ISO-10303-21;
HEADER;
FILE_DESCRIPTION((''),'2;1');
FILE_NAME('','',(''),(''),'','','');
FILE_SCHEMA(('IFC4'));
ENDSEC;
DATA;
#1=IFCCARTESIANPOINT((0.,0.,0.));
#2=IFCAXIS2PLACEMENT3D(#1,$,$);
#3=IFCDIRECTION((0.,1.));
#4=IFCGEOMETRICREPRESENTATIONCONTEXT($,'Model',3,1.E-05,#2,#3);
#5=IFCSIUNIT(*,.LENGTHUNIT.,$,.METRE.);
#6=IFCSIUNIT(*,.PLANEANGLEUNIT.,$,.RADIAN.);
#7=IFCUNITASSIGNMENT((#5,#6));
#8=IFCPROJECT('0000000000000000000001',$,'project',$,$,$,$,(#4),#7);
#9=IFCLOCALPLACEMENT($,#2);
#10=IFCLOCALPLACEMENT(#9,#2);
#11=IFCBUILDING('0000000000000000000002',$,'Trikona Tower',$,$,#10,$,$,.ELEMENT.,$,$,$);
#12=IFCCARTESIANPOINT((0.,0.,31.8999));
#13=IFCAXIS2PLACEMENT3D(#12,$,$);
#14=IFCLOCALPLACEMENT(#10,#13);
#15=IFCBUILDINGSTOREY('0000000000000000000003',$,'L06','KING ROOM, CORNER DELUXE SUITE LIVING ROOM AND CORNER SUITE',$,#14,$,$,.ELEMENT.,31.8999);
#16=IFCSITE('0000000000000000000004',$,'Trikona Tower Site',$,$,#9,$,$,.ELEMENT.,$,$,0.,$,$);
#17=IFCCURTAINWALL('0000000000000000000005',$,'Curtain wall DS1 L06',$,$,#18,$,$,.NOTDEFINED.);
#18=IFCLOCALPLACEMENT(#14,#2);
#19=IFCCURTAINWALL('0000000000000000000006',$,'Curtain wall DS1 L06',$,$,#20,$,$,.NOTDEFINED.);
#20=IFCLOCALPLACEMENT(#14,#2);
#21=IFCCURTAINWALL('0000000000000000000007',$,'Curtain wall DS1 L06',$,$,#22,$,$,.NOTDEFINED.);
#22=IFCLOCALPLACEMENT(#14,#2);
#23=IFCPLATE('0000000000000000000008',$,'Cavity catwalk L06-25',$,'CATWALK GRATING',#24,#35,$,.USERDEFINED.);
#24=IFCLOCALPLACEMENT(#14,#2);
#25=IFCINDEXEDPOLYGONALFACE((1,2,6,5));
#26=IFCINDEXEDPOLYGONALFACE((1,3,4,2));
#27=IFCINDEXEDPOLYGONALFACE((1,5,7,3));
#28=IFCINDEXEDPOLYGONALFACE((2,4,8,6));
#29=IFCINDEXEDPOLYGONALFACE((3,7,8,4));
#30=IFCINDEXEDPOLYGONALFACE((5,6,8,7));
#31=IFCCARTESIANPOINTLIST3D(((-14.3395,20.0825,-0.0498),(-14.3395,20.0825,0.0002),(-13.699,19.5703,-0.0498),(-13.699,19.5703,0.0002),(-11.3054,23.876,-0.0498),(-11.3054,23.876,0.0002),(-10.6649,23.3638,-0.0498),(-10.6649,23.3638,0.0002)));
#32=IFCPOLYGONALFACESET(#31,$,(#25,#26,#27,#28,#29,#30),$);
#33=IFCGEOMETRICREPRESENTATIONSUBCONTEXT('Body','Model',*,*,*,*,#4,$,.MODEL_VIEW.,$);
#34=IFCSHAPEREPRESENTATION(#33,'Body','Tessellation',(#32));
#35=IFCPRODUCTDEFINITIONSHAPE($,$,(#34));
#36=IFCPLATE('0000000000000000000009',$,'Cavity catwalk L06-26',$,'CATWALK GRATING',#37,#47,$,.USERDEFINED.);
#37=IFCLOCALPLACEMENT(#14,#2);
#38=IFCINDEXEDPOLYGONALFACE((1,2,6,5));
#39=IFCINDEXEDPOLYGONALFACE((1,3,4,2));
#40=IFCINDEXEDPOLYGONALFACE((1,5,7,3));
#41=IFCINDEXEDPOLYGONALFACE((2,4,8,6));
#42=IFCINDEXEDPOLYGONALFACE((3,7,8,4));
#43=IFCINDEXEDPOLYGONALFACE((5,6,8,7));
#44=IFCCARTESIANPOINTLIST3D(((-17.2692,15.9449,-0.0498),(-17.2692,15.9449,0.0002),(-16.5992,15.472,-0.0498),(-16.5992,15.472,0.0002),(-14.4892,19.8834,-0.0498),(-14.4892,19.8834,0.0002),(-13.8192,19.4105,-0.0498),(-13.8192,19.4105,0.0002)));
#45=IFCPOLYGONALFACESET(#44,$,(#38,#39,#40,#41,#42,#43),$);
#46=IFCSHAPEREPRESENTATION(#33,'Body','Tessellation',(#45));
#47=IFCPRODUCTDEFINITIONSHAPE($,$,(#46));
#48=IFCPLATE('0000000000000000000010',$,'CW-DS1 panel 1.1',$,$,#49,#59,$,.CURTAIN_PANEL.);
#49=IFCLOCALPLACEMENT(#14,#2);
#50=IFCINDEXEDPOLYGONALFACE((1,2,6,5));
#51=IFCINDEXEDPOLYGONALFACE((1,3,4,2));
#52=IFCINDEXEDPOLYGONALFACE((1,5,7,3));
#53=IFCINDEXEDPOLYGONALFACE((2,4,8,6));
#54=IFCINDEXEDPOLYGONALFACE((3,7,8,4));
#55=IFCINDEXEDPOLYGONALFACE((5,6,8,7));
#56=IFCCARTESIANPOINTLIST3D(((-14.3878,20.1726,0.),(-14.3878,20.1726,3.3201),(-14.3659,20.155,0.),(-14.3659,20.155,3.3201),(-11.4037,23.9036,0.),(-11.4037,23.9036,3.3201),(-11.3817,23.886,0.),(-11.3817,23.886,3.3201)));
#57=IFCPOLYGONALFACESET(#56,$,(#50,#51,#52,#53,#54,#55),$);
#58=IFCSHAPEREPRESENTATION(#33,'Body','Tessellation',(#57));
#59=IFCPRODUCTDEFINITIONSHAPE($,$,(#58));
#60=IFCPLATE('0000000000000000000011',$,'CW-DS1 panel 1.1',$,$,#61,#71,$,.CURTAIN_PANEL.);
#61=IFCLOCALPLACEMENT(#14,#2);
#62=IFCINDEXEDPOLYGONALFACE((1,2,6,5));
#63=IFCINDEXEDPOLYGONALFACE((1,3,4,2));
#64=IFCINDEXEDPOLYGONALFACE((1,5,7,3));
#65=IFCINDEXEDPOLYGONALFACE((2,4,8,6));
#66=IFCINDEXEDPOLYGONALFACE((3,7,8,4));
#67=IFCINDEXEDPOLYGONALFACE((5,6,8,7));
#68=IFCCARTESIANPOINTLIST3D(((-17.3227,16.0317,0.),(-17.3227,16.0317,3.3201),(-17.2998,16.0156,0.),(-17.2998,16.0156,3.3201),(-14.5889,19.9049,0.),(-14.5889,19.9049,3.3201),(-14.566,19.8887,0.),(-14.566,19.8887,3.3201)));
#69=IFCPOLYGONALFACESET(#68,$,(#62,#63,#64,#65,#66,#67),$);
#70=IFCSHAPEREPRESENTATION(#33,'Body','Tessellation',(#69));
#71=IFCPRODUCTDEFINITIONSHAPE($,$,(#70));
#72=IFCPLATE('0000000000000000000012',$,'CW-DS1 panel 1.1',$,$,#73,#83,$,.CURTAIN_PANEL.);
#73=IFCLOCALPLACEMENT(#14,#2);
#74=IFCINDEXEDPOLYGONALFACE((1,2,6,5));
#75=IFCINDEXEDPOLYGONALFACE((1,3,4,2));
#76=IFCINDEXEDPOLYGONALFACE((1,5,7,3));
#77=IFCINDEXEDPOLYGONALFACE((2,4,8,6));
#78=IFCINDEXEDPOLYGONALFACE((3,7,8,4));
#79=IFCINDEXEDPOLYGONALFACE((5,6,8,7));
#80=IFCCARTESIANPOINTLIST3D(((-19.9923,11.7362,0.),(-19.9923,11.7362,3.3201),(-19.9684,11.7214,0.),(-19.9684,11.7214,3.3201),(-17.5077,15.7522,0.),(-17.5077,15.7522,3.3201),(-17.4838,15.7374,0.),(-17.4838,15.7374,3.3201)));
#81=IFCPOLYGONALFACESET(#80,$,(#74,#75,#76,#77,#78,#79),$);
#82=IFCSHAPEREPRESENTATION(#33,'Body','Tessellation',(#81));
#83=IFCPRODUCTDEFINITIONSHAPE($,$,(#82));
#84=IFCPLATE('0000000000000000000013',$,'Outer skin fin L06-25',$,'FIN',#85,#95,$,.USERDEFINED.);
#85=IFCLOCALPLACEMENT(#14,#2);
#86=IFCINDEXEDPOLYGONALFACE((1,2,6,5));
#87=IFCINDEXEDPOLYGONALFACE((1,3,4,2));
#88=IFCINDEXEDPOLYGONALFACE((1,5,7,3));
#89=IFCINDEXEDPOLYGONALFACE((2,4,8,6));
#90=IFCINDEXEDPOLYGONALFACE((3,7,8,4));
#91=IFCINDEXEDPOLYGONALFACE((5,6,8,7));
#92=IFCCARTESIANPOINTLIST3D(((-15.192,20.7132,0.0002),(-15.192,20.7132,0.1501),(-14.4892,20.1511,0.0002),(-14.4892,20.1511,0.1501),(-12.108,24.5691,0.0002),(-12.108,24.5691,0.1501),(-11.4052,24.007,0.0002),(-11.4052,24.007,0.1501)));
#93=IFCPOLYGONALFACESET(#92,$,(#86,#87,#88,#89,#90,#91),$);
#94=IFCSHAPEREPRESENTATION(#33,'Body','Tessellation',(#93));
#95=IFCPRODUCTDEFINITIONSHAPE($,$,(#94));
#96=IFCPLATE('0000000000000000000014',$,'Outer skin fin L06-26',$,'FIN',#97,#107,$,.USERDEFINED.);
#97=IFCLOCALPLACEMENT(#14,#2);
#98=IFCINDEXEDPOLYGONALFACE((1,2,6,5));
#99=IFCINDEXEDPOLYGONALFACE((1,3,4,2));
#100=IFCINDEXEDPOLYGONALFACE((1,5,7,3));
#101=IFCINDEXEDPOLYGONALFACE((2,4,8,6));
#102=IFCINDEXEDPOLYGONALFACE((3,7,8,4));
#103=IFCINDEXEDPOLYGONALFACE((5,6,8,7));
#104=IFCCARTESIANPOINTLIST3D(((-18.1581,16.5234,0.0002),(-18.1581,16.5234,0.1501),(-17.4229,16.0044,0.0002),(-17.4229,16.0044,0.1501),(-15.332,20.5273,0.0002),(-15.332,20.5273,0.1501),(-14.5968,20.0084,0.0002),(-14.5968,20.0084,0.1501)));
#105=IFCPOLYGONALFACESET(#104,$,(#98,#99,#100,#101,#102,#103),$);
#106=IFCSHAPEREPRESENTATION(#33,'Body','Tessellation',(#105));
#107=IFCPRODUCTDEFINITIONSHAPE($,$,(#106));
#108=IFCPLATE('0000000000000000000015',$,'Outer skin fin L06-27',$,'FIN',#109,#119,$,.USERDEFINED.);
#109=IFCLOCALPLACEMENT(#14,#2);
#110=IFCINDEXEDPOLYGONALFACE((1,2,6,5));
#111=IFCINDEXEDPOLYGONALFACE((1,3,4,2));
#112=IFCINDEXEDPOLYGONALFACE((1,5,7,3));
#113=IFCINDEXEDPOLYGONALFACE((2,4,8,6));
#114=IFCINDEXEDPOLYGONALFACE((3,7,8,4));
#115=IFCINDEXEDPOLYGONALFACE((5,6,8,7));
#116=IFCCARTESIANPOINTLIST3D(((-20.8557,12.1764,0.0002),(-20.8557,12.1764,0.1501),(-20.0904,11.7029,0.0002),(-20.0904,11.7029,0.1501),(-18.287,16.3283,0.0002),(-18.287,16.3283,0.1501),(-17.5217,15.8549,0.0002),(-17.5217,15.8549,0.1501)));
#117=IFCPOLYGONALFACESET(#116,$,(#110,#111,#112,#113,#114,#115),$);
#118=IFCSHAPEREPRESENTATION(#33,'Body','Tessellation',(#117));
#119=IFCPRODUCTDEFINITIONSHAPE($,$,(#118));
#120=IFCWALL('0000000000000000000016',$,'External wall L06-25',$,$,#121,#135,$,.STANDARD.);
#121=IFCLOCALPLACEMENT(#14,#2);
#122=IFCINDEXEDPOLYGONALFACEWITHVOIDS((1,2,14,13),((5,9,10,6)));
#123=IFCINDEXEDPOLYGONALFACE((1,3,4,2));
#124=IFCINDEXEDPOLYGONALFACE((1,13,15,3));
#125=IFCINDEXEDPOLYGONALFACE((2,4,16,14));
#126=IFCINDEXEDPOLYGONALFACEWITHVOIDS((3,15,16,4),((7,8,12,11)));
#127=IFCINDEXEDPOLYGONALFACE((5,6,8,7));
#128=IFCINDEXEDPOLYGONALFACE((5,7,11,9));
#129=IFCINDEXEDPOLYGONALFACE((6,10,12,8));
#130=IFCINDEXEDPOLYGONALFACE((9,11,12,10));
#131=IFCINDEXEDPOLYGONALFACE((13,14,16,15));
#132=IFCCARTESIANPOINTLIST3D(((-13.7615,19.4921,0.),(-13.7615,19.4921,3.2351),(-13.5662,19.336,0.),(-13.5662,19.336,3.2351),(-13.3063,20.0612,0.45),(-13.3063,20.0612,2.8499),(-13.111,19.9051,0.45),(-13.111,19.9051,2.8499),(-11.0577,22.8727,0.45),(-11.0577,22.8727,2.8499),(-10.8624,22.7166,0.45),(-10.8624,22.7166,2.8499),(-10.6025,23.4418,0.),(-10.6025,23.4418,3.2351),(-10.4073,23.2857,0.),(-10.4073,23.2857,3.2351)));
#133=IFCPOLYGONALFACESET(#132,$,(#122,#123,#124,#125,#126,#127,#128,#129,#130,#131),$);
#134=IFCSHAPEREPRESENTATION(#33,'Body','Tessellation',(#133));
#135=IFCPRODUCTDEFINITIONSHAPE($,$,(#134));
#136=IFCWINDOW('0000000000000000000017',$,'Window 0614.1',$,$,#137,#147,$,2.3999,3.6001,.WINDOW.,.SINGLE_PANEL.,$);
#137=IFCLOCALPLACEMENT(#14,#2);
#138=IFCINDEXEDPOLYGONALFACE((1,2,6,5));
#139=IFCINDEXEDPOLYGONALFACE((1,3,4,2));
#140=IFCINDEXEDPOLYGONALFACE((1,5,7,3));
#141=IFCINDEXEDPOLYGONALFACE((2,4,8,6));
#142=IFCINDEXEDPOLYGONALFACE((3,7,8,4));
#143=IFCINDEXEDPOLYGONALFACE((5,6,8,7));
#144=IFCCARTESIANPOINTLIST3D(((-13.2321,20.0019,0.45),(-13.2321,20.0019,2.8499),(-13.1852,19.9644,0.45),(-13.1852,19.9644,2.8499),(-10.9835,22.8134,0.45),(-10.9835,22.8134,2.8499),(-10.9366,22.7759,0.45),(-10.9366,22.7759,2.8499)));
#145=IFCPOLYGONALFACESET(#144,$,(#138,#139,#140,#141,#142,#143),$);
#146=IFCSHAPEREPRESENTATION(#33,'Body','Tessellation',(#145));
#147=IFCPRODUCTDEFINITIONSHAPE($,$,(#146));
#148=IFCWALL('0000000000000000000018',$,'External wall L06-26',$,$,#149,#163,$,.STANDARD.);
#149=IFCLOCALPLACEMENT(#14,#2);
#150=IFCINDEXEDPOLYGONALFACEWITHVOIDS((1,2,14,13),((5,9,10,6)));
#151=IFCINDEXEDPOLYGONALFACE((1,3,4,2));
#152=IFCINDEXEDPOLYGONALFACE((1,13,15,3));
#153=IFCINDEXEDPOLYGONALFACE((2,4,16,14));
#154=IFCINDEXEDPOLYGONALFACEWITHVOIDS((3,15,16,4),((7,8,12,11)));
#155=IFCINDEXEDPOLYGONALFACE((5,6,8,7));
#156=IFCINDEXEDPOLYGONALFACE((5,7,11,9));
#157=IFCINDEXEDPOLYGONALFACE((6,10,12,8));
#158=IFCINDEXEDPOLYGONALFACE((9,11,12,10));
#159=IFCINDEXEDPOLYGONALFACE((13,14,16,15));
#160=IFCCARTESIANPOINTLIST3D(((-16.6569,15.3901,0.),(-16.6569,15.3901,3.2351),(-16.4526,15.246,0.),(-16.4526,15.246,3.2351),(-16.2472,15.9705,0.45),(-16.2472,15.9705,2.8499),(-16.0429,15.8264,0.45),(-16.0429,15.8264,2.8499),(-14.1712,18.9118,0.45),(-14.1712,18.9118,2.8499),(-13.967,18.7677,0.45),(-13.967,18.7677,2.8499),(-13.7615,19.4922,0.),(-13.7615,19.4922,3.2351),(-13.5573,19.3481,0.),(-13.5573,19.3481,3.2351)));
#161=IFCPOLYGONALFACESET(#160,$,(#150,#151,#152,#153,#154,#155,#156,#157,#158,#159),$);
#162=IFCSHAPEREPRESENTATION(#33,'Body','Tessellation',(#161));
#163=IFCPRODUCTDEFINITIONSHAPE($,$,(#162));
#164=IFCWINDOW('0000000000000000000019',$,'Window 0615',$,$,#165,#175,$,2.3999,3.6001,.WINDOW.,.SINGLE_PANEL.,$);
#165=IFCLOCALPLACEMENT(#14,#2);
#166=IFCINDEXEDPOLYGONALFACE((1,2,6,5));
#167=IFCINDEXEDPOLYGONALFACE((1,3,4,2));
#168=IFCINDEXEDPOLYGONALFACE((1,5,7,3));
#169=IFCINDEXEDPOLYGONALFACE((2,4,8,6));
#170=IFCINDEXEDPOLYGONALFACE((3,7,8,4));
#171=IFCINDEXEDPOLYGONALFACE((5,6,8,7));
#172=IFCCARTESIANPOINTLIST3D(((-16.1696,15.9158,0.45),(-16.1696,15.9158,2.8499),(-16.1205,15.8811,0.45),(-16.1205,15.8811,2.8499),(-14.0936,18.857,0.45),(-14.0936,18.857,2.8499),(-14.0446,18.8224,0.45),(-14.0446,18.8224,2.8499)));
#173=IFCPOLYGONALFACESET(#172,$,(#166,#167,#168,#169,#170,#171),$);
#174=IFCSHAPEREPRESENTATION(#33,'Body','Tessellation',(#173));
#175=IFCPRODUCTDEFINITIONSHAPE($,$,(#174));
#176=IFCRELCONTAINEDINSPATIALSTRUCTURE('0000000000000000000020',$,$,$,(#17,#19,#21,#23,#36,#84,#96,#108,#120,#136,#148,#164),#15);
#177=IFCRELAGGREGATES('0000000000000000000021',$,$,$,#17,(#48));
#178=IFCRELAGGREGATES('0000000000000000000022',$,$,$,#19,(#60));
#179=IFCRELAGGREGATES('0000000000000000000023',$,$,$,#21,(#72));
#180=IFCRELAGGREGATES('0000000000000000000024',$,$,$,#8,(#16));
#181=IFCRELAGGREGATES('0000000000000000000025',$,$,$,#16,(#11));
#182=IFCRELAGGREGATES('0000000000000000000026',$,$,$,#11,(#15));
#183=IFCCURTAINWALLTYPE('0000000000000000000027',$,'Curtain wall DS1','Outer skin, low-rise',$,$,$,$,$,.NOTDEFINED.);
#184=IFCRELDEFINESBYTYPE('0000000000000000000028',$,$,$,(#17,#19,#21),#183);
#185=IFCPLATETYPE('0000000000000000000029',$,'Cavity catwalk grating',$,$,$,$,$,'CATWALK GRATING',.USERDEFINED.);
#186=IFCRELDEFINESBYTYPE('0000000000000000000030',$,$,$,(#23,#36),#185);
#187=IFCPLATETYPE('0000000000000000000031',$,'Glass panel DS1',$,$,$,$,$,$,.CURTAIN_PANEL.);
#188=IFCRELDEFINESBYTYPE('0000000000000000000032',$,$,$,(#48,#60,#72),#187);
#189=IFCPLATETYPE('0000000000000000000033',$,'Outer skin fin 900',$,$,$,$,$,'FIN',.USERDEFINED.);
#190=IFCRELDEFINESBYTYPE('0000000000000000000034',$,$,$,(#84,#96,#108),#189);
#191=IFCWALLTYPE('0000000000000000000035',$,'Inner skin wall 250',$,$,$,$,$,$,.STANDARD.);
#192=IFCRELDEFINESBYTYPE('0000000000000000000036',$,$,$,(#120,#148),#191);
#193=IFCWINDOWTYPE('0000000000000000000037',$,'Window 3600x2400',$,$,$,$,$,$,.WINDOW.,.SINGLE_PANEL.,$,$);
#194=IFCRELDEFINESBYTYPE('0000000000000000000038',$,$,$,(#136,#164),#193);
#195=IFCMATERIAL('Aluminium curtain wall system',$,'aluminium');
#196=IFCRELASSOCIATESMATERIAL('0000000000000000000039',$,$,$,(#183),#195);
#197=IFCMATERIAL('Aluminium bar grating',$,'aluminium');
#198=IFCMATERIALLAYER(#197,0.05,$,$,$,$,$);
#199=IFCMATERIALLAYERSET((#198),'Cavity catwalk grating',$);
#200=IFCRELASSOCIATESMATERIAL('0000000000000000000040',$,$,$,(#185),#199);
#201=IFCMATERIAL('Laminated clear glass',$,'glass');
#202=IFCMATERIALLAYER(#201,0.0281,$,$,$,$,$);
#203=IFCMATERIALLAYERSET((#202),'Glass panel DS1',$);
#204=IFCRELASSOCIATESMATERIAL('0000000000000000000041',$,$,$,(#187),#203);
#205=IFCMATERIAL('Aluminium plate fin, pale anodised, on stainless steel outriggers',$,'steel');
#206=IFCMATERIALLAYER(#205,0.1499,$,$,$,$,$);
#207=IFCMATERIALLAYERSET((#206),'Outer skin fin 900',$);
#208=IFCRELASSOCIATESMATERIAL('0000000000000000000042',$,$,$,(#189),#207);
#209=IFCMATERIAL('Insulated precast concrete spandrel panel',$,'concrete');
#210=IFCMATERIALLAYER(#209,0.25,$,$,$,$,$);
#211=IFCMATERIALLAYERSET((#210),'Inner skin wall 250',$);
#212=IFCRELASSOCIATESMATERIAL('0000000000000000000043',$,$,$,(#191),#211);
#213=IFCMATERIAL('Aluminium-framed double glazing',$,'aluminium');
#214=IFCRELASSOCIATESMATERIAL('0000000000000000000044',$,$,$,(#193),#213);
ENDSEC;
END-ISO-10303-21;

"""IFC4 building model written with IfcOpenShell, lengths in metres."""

from ifc_helpers import new_model, si_unit, direction, frame, frame_2d, origin, origin_2d, place, context, subcontext, project, spatial, rectangle, extrude, material, layer, layer_set, type_object, element, fill, aggregate, save


model = new_model("IFC4")

# Units and contexts
model_context = context("Model", 3, precision=1e-05, world=origin(), true_north=direction((0.0, 1.0)))
body_context = subcontext(model_context, "Body", "Model", "MODEL_VIEW")
ifc_project = project(units=[si_unit("LENGTHUNIT", "METRE"), si_unit("PLANEANGLEUNIT", "RADIAN")], contexts=[model_context])

# Site, building, storey
site_placement = place(None, origin())
site = spatial("IfcSite", under=ifc_project, at=site_placement, Name="Trikona Tower Site", CompositionType="ELEMENT", RefElevation=0.0)
building_placement = place(site_placement, origin())
building = spatial("IfcBuilding", under=site, at=building_placement, Name="Trikona Tower", CompositionType="ELEMENT")
storey_placement = place(building_placement, frame((0.0, 0.0, 31.8999)))
storey = spatial("IfcBuildingStorey", under=building, at=storey_placement, Name="L06", Description="KING ROOM, CORNER DELUXE SUITE LIVING ROOM AND CORNER SUITE", CompositionType="ELEMENT", Elevation=31.8999)

# Shared definitions
ifc_material_1 = material(Name="Aluminium curtain wall system", Category="aluminium")
curtain_wall_type = type_object("IfcCurtainWallType", Name="Curtain wall DS1", Description="Outer skin, low-rise", PredefinedType="NOTDEFINED", material=ifc_material_1)

# Curtain walls
curtain_wall_1_placement = place(storey_placement, origin())
curtain_wall_1 = element("IfcCurtainWall", 1, at=curtain_wall_1_placement, inside=storey, type_object=curtain_wall_type, Name="Curtain wall DS1 L06", PredefinedType="NOTDEFINED")
curtain_wall_2_placement = place(storey_placement, origin())
curtain_wall_2 = element("IfcCurtainWall", 2, at=curtain_wall_2_placement, inside=storey, type_object=curtain_wall_type, Name="Curtain wall DS1 L06", PredefinedType="NOTDEFINED")

# Curtain wall
curtain_wall_3_placement = place(storey_placement, origin())
curtain_wall_3 = element("IfcCurtainWall", 3, at=curtain_wall_3_placement, inside=storey, type_object=curtain_wall_type, Name="Curtain wall DS1 L06", PredefinedType="NOTDEFINED")

# Plates
ifc_material_2 = material(Name="Aluminium bar grating", Category="aluminium")
ifc_layer_1 = layer(ifc_material_2, 0.05)
ifc_layer_set_1 = layer_set([ifc_layer_1], Name="Cavity catwalk grating")
plate_type_1 = type_object("IfcPlateType", Name="Cavity catwalk grating", ElementType="CATWALK GRATING", PredefinedType="USERDEFINED", material=ifc_layer_set_1)
plate_1_placement = place(storey_placement, frame((-12.5022, 21.7231, -0.0498), z_axis=(0.0, 0.0, 1.0), x_axis=(-0.624604, -0.780942, 0.0)))
element("IfcPlate", 4, at=plate_1_placement, inside=storey, type_object=plate_type_1, Name="Cavity catwalk L06-25", ObjectType="CATWALK GRATING", PredefinedType="USERDEFINED", context=body_context, shape_type="SweptSolid", body=[
    extrude(rectangle(XDim=4.8577, YDim=0.8201, at=origin_2d()), origin(), (0.0, 0.0, 1.0), 0.05),
])
plate_2_placement = place(storey_placement, frame((-15.5442, 17.6777, -0.0498), z_axis=(0.0, 0.0, 1.0), x_axis=(-0.576662, -0.816983, 0.0)))
element("IfcPlate", 5, at=plate_2_placement, inside=storey, type_object=plate_type_1, Name="Cavity catwalk L06-26", ObjectType="CATWALK GRATING", PredefinedType="USERDEFINED", context=body_context, shape_type="SweptSolid", body=[
    extrude(rectangle(XDim=4.8208, YDim=0.8201, at=origin_2d()), origin(), (0.0, 0.0, 1.0), 0.05),
])

# Plates
ifc_material_3 = material(Name="Laminated clear glass", Category="glass")
ifc_layer_2 = layer(ifc_material_3, 0.0281)
ifc_layer_set_2 = layer_set([ifc_layer_2], Name="Glass panel DS1")
plate_type_2 = type_object("IfcPlateType", Name="Glass panel DS1", PredefinedType="CURTAIN_PANEL", material=ifc_layer_set_2)
plate_3_placement = place(storey_placement, frame((-12.8848, 22.0293, 0.0), z_axis=(0.0, 0.0, 1.0), x_axis=(-0.624609, -0.780938, 0.0)))
plate_3 = element("IfcPlate", 6, at=plate_3_placement, type_object=plate_type_2, Name="CW-DS1 panel 1.1", PredefinedType="CURTAIN_PANEL", context=body_context, shape_type="SweptSolid", body=[
    extrude(rectangle(XDim=4.7776, YDim=0.0281, at=origin_2d()), origin(), (0.0, 0.0, 1.0), 3.3201),
])
aggregate(curtain_wall_1, [plate_3])
plate_4_placement = place(storey_placement, frame((-15.9443, 17.9602, 0.0), z_axis=(0.0, 0.0, 1.0), x_axis=(-0.576658, -0.816985, 0.0)))
plate_4 = element("IfcPlate", 7, at=plate_4_placement, type_object=plate_type_2, Name="CW-DS1 panel 1.1", PredefinedType="CURTAIN_PANEL", context=body_context, shape_type="SweptSolid", body=[
    extrude(rectangle(XDim=4.7407, YDim=0.0281, at=origin_2d()), origin(), (0.0, 0.0, 1.0), 3.3201),
])
aggregate(curtain_wall_2, [plate_4])
plate_5_placement = place(storey_placement, frame((-18.738, 13.7368, 0.0), z_axis=(0.0, 0.0, 1.0), x_axis=(-0.52612, -0.85041, 0.0)))
plate_5 = element("IfcPlate", 8, at=plate_5_placement, type_object=plate_type_2, Name="CW-DS1 panel 1.1", PredefinedType="CURTAIN_PANEL", context=body_context, shape_type="SweptSolid", body=[
    extrude(rectangle(XDim=4.7224, YDim=0.0281, at=origin_2d()), origin(), (0.0, 0.0, 1.0), 3.3201),
])
aggregate(curtain_wall_3, [plate_5])

# Plates
ifc_material_4 = material(Name="Aluminium plate fin, pale anodised, on stainless steel outriggers", Category="steel")
ifc_layer_3 = layer(ifc_material_4, 0.1499)
ifc_layer_set_3 = layer_set([ifc_layer_3], Name="Outer skin fin 900")
plate_type_3 = type_object("IfcPlateType", Name="Outer skin fin 900", ElementType="FIN", PredefinedType="USERDEFINED", material=ifc_layer_set_3)
plate_6_placement = place(storey_placement, frame((-13.2986, 22.3601, 0.0002), z_axis=(0.0, 0.0, 1.0), x_axis=(-0.624604, -0.780942, 0.0)))
element("IfcPlate", 9, at=plate_6_placement, inside=storey, type_object=plate_type_3, Name="Outer skin fin L06-25", ObjectType="FIN", PredefinedType="USERDEFINED", context=body_context, shape_type="SweptSolid", body=[
    extrude(rectangle(XDim=4.9375, YDim=0.8999, at=origin_2d()), origin(), (0.0, 0.0, 1.0), 0.1499),
])
plate_7_placement = place(storey_placement, frame((-16.3774, 18.2659, 0.0002), z_axis=(0.0, 0.0, 1.0), x_axis=(-0.576662, -0.816983, 0.0)))
element("IfcPlate", 10, at=plate_7_placement, inside=storey, type_object=plate_type_3, Name="Outer skin fin L06-26", ObjectType="FIN", PredefinedType="USERDEFINED", context=body_context, shape_type="SweptSolid", body=[
    extrude(rectangle(XDim=4.9009, YDim=0.8999, at=origin_2d()), origin(), (0.0, 0.0, 1.0), 0.1499),
])
plate_8_placement = place(storey_placement, frame((-19.1887, 14.0156, 0.0002), z_axis=(0.0, 0.0, 1.0), x_axis=(-0.526119, -0.850411, 0.0)))
element("IfcPlate", 11, at=plate_8_placement, inside=storey, type_object=plate_type_3, Name="Outer skin fin L06-27", ObjectType="FIN", PredefinedType="USERDEFINED", context=body_context, shape_type="SweptSolid", body=[
    extrude(rectangle(XDim=4.8823, YDim=0.8999, at=origin_2d()), origin(), (0.0, 0.0, 1.0), 0.1499),
])

# Walls, openings, windows
ifc_material_5 = material(Name="Insulated precast concrete spandrel panel", Category="concrete")
ifc_layer_4 = layer(ifc_material_5, 0.25)
ifc_layer_set_4 = layer_set([ifc_layer_4], Name="Inner skin wall 250")
wall_type = type_object("IfcWallType", Name="Inner skin wall 250", PredefinedType="STANDARD", material=ifc_layer_set_4)
wall_1_placement = place(storey_placement, frame((-10.5049, 23.3638, 0.0), z_axis=(0.0, 0.0, 1.0), x_axis=(-0.624595, -0.780949, 0.0)))
wall_1 = element("IfcWall", 12, at=wall_1_placement, inside=storey, type_object=wall_type, Name="External wall L06-25", PredefinedType="STANDARD", context=body_context, shape_type="SweptSolid", body=[
    extrude(rectangle(XDim=5.0576, YDim=0.25, at=frame_2d((2.5288, 0.0))), origin(), (0.0, 0.0, 1.0), 3.2351),
])
opening_1_placement = place(wall_1_placement, frame((0.7288, 0.0, 0.45)))
opening_1 = element("IfcOpeningElement", 13, at=opening_1_placement, cuts=wall_1, PredefinedType="OPENING", context=body_context, shape_type="SweptSolid", body=[
    extrude(rectangle(XDim=3.6001, YDim=2.3999, at=frame_2d((1.8, 1.2))), frame((0.0, 0.135, 0.0), z_axis=(0.0, -1.0, 0.0), x_axis=(1.0, 0.0, 0.0)), (0.0, 0.0, 1.0), 0.27),
])
ifc_material_6 = material(Name="Aluminium-framed double glazing", Category="aluminium")
window_type = type_object("IfcWindowType", Name="Window 3600x2400", PartitioningType="SINGLE_PANEL", PredefinedType="WINDOW", material=ifc_material_6)
window_1_placement = place(opening_1_placement, origin())
window_1 = element("IfcWindow", 14, at=window_1_placement, inside=storey, type_object=window_type, Name="Window 0614.1", OverallHeight=2.3999, OverallWidth=3.6001, PartitioningType="SINGLE_PANEL", PredefinedType="WINDOW", context=body_context, shape_type="SweptSolid", body=[
    extrude(rectangle(XDim=3.6001, YDim=2.3999, at=frame_2d((1.8, 1.2))), frame((0.0, 0.03, 0.0), z_axis=(0.0, -1.0, 0.0), x_axis=(1.0, 0.0, 0.0)), (0.0, 0.0, 1.0), 0.0601),
])
fill(opening_1, window_1)
wall_2_placement = place(storey_placement, frame((-13.6594, 19.4202, 0.0), z_axis=(0.0, 0.0, 1.0), x_axis=(-0.576643, -0.816996, 0.0)))
wall_2 = element("IfcWall", 15, at=wall_2_placement, inside=storey, type_object=wall_type, Name="External wall L06-26", PredefinedType="STANDARD", context=body_context, shape_type="SweptSolid", body=[
    extrude(rectangle(XDim=5.021, YDim=0.25, at=frame_2d((2.5105, 0.0))), origin(), (0.0, 0.0, 1.0), 3.2351),
])
opening_2_placement = place(wall_2_placement, frame((0.7104, 0.0, 0.45)))
opening_2 = element("IfcOpeningElement", 16, at=opening_2_placement, cuts=wall_2, PredefinedType="OPENING", context=body_context, shape_type="SweptSolid", body=[
    extrude(rectangle(XDim=3.6001, YDim=2.3999, at=frame_2d((1.8, 1.2))), frame((0.0, 0.135, 0.0), z_axis=(0.0, -1.0, 0.0), x_axis=(1.0, 0.0, 0.0)), (0.0, 0.0, 1.0), 0.27),
])
window_2_placement = place(opening_2_placement, origin())
window_2 = element("IfcWindow", 17, at=window_2_placement, inside=storey, type_object=window_type, Name="Window 0615", OverallHeight=2.3999, OverallWidth=3.6001, PartitioningType="SINGLE_PANEL", PredefinedType="WINDOW", context=body_context, shape_type="SweptSolid", body=[
    extrude(rectangle(XDim=3.6001, YDim=2.3999, at=frame_2d((1.8, 1.2))), frame((0.0, 0.03, 0.0), z_axis=(0.0, -1.0, 0.0), x_axis=(1.0, 0.0, 0.0)), (0.0, 0.0, 1.0), 0.0601),
])
fill(opening_2, window_2)

save(model, "model.ifc")
